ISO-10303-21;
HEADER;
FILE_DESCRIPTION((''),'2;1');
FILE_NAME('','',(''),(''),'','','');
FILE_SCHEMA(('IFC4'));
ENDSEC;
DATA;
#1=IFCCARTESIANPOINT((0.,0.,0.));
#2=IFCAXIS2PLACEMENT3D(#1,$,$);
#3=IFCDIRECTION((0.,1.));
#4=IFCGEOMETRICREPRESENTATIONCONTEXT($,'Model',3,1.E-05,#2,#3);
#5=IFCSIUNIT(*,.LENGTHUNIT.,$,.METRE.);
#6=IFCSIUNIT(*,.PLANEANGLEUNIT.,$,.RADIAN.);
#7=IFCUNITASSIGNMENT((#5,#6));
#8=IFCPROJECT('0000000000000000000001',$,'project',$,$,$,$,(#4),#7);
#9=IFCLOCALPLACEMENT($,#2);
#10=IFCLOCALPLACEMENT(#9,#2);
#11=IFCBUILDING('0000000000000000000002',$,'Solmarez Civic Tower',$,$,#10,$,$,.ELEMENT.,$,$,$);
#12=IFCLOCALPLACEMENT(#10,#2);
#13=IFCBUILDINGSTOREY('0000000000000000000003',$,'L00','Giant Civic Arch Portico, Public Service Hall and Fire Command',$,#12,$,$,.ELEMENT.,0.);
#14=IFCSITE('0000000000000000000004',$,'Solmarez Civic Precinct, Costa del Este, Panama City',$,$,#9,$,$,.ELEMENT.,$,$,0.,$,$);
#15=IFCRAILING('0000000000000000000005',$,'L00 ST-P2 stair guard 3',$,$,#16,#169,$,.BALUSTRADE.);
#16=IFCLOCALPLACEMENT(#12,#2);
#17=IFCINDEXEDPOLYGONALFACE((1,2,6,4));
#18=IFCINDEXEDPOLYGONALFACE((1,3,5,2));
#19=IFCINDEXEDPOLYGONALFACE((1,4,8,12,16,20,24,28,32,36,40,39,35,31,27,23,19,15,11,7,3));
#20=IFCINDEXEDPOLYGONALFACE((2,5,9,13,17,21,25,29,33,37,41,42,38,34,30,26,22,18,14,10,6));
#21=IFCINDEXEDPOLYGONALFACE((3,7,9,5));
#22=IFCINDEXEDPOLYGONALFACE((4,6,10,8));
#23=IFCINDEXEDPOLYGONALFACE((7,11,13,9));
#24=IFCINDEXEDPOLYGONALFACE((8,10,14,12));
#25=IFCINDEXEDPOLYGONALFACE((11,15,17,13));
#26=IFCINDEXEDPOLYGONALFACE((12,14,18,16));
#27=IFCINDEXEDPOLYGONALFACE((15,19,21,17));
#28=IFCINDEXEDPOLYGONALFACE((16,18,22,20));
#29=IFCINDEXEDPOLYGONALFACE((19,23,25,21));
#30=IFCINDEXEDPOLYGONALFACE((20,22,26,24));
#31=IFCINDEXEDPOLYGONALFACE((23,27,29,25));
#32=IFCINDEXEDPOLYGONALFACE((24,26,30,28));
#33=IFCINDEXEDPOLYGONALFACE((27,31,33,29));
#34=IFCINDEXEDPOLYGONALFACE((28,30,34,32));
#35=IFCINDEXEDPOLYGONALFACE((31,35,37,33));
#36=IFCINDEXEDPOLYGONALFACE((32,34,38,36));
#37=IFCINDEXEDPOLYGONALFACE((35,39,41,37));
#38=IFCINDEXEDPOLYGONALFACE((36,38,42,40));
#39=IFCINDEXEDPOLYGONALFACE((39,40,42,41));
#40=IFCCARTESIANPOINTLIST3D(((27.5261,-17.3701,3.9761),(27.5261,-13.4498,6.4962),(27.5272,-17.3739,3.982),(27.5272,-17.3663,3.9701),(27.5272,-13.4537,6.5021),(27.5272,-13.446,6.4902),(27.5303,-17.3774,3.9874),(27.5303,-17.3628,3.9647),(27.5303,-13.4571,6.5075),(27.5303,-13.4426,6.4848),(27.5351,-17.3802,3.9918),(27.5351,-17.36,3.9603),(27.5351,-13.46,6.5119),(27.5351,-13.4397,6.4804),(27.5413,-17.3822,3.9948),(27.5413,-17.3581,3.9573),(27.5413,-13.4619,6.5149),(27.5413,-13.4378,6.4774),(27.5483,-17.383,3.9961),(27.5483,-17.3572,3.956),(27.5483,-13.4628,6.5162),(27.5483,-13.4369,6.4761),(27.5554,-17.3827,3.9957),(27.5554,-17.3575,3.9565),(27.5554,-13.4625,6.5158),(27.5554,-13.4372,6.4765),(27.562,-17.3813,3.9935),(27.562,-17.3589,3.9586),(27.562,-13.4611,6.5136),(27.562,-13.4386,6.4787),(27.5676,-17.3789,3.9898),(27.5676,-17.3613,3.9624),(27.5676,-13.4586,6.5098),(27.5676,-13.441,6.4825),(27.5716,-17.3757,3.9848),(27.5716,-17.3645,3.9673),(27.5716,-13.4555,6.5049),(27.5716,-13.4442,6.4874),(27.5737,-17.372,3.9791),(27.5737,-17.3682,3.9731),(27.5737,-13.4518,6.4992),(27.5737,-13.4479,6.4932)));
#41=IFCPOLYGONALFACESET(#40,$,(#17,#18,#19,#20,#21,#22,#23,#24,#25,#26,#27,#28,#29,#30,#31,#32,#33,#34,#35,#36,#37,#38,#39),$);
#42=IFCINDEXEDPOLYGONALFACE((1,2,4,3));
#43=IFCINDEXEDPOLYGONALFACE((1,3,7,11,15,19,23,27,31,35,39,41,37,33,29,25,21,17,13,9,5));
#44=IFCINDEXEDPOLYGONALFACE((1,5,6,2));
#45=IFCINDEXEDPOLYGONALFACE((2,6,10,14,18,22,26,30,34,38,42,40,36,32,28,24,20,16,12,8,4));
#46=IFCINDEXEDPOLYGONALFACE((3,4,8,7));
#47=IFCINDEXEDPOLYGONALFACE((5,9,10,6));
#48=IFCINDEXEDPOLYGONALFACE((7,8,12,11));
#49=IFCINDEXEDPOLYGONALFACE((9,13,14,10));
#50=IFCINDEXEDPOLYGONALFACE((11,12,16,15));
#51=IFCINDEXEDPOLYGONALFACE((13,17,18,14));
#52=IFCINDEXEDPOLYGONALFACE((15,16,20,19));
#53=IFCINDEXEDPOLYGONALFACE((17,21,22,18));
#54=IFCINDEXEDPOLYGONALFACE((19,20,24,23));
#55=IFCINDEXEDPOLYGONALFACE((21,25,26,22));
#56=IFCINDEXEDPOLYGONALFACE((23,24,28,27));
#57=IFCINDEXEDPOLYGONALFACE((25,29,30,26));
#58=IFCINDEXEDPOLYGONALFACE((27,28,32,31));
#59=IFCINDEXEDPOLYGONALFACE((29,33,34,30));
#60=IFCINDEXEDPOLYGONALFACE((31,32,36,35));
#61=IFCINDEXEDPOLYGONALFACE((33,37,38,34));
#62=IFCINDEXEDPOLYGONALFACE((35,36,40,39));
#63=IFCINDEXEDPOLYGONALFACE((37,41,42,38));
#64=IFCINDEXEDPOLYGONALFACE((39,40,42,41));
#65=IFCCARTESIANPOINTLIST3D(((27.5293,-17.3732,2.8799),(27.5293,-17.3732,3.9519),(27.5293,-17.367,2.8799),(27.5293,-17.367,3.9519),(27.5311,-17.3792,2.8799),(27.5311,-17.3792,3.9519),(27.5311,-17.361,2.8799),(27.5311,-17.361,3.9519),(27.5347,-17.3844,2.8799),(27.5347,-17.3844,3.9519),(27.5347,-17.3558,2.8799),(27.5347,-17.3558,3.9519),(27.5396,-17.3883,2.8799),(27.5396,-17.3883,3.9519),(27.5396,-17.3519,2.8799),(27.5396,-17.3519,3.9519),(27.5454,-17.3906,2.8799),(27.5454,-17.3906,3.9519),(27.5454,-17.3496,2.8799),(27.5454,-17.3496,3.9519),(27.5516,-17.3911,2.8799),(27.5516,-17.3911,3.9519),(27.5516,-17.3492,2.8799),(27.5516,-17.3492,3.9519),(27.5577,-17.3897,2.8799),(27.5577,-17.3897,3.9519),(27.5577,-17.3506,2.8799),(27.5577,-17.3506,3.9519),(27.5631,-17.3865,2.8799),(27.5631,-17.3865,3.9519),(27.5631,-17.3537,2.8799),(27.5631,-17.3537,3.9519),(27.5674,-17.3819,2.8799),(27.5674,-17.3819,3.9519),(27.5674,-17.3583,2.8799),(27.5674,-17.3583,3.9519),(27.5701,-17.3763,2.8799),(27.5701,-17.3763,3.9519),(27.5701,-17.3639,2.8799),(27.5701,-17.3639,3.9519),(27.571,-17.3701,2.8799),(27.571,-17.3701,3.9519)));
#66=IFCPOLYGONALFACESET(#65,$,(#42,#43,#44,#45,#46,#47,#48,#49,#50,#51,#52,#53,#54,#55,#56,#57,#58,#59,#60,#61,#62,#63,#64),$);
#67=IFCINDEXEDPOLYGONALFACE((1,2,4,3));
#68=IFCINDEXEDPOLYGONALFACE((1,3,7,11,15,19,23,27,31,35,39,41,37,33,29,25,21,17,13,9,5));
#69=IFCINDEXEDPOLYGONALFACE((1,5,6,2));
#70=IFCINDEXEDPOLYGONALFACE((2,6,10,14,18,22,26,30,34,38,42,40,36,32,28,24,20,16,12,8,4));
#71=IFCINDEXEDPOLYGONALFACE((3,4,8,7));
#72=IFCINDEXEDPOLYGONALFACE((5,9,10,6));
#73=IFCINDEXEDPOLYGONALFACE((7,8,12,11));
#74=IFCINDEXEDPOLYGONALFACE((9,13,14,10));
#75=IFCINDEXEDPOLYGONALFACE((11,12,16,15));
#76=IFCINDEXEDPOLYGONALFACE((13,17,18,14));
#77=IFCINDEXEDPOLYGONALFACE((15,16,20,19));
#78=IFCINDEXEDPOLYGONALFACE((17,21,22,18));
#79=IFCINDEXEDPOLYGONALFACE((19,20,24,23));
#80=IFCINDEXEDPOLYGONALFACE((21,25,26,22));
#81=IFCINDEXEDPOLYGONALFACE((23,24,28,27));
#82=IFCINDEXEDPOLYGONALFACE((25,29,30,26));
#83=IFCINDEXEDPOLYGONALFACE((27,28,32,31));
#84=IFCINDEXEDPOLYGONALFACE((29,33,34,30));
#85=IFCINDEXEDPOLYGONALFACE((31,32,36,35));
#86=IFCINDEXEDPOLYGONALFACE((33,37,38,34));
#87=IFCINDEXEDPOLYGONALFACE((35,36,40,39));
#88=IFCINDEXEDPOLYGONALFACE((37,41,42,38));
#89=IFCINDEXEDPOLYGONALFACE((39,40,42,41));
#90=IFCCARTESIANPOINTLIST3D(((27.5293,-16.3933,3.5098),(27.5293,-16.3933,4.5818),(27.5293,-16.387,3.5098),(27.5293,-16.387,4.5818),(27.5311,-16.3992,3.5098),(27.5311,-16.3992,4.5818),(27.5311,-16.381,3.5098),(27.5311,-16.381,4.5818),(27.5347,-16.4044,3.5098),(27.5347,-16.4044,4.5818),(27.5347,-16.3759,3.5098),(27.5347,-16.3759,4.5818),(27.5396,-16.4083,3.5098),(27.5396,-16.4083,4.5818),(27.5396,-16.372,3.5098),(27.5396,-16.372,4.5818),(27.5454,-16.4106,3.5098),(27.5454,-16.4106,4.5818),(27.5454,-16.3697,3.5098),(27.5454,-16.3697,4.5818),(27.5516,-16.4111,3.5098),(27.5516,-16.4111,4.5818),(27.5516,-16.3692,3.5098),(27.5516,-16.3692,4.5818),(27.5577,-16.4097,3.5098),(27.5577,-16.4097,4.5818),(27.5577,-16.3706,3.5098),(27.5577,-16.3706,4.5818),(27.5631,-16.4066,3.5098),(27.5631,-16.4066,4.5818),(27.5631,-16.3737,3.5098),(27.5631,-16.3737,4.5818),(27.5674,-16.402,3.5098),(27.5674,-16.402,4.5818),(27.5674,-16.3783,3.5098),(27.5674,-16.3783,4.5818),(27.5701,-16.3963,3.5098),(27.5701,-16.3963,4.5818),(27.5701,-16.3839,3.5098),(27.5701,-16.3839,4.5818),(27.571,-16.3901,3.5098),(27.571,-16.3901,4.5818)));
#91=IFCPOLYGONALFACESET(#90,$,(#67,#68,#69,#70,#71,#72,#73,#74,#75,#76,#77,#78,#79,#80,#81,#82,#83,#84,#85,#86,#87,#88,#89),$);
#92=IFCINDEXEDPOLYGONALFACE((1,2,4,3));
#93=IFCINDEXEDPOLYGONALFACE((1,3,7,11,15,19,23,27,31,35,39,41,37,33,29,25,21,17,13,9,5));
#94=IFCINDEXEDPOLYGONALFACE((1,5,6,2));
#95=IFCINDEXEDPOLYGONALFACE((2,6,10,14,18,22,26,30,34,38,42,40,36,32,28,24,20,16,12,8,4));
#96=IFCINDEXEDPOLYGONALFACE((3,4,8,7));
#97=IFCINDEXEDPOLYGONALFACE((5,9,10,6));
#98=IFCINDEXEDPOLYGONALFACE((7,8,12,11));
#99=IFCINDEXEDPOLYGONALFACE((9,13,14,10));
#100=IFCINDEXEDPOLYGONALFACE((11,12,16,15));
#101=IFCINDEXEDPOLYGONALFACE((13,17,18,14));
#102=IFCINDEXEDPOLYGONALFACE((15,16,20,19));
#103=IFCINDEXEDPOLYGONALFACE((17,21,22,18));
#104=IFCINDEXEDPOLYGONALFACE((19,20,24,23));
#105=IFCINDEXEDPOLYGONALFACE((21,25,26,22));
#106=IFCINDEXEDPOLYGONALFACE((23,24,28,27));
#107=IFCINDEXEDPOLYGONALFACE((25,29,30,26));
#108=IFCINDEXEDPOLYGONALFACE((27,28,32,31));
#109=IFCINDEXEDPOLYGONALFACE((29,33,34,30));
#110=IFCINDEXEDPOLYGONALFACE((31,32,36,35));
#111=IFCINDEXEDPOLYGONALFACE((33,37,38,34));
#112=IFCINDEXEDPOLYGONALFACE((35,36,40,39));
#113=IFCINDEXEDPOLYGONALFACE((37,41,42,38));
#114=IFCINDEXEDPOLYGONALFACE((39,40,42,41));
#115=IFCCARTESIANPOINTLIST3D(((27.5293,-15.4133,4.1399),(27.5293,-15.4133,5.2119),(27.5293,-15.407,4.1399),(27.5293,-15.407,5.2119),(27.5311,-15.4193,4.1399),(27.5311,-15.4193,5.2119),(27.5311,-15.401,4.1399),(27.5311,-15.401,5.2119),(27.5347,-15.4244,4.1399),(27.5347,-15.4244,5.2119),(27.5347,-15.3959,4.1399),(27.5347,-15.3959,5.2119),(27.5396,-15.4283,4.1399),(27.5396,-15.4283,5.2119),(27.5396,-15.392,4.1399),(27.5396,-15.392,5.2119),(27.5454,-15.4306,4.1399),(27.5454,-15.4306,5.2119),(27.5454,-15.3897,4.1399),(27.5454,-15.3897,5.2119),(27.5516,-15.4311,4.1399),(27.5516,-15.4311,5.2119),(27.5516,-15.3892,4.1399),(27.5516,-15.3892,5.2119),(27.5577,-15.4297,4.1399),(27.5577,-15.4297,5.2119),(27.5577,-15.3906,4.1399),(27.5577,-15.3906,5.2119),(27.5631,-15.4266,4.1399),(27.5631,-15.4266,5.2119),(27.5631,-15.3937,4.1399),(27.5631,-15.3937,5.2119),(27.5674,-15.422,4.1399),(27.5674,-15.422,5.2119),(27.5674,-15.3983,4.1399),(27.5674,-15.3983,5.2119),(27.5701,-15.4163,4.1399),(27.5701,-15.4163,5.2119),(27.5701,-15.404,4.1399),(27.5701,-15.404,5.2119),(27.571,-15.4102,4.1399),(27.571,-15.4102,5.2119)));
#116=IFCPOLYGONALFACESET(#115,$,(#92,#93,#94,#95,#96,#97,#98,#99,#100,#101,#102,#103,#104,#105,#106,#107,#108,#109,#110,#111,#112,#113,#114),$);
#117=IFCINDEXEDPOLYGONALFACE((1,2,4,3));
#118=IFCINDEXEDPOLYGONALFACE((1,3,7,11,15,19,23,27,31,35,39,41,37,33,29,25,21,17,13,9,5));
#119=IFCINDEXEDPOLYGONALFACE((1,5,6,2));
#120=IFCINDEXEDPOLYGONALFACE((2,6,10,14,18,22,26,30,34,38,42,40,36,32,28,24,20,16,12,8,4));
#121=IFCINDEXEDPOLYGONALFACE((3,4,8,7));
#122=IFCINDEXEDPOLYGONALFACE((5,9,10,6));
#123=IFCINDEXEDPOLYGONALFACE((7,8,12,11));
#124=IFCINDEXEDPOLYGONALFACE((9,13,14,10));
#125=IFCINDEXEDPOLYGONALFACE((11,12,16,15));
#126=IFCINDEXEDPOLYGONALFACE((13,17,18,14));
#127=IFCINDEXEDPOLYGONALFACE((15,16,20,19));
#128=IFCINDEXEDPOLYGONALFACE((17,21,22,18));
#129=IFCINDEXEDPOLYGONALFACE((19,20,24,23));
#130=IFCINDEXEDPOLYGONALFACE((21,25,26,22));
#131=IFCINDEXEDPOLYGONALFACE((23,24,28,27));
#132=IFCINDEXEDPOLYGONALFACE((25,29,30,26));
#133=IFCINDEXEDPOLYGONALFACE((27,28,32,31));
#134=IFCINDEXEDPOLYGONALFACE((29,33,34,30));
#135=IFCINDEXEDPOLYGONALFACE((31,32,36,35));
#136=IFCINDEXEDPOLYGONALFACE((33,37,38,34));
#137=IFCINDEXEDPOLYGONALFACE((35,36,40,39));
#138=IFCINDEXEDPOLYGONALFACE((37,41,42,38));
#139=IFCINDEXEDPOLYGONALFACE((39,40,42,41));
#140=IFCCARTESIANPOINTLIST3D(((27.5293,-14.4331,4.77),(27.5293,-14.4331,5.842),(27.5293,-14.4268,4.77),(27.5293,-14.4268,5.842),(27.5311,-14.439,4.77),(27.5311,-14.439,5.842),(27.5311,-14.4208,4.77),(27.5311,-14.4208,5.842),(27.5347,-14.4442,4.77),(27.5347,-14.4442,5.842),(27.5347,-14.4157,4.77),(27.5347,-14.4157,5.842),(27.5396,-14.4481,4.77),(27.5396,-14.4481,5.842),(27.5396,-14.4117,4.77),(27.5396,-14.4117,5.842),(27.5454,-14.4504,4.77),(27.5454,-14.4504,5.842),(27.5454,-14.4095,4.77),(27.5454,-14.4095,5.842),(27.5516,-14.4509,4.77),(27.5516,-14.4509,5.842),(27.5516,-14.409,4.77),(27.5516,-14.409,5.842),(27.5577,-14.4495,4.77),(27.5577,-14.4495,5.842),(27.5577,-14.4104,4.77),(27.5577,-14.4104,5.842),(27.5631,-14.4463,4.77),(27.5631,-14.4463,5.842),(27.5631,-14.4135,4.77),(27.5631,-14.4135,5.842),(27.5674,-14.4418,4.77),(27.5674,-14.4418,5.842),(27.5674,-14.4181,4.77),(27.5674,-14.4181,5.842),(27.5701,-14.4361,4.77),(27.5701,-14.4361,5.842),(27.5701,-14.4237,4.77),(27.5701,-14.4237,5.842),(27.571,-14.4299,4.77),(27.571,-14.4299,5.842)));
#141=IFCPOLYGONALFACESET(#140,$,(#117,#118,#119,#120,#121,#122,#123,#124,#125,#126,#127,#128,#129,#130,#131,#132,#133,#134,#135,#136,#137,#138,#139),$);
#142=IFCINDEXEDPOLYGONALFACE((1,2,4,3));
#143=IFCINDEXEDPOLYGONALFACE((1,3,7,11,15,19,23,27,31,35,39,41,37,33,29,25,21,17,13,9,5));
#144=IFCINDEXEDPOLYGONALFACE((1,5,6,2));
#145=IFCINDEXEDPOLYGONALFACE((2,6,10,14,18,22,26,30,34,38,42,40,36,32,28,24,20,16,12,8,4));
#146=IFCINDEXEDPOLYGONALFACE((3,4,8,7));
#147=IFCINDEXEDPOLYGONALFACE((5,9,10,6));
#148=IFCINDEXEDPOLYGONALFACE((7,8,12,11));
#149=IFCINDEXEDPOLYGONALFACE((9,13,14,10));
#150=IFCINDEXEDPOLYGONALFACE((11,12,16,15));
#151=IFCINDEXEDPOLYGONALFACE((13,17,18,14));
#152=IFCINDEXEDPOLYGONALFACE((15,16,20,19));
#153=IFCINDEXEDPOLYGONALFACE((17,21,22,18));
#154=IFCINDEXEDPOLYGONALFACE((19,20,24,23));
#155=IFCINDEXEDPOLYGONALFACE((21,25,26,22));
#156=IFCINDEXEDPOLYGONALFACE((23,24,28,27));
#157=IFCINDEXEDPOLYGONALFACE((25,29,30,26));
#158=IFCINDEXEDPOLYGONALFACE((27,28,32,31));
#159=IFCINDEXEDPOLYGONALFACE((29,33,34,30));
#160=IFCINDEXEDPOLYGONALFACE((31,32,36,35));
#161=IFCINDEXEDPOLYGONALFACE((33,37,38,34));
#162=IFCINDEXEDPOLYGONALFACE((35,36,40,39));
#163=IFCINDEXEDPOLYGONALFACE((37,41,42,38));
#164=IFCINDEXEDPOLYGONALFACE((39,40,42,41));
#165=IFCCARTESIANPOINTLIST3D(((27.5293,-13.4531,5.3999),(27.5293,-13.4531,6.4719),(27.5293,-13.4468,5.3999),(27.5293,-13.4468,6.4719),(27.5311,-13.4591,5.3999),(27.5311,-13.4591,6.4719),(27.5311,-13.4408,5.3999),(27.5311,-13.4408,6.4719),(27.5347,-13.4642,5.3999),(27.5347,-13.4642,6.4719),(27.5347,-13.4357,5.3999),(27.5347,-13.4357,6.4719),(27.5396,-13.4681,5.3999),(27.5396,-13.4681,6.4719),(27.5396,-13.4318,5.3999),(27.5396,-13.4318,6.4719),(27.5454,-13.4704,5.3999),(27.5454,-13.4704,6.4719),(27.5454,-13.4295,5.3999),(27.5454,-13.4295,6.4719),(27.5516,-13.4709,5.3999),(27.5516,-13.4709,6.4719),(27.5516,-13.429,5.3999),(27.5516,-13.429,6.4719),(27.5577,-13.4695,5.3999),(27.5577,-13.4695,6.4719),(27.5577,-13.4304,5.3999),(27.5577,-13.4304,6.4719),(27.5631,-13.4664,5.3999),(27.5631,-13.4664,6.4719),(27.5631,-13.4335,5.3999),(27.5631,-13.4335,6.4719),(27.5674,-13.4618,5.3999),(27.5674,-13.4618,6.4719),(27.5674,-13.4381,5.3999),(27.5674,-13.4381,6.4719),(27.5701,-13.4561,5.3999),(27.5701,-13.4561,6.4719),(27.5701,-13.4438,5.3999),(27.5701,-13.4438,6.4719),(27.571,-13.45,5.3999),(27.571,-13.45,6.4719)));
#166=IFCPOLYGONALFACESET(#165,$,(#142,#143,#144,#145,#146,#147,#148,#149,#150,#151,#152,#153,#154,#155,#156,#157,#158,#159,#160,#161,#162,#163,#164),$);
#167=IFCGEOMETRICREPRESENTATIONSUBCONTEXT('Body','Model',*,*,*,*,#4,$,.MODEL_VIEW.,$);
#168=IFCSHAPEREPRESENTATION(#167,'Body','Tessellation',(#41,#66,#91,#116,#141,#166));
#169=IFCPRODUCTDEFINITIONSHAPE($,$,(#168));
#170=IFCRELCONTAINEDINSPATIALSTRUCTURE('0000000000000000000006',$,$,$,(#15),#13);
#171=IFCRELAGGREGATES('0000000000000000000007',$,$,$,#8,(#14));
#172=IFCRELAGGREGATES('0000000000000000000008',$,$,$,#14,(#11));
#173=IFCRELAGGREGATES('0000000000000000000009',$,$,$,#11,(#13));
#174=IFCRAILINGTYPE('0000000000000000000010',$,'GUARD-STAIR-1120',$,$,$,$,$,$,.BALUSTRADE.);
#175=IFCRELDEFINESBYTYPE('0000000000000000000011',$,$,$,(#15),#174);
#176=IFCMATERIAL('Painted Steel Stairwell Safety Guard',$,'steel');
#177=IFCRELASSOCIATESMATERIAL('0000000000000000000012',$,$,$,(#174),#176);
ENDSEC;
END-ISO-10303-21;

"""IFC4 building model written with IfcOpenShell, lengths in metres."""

from ifc_helpers import new_model, si_unit, direction, frame, origin, origin_2d, place, context, subcontext, project, spatial, circle, extrude, material, type_object, element, save


model = new_model("IFC4")

# Units and contexts
model_context = context("Model", 3, precision=1e-05, world=origin(), true_north=direction((0.0, 1.0)))
body_context = subcontext(model_context, "Body", "Model", "MODEL_VIEW")
ifc_project = project(units=[si_unit("LENGTHUNIT", "METRE"), si_unit("PLANEANGLEUNIT", "RADIAN")], contexts=[model_context])

# Site, building, storey
site_placement = place(None, origin())
site = spatial("IfcSite", under=ifc_project, at=site_placement, Name="Solmarez Civic Precinct, Costa del Este, Panama City", CompositionType="ELEMENT", RefElevation=0.0)
building_placement = place(site_placement, origin())
building = spatial("IfcBuilding", under=site, at=building_placement, Name="Solmarez Civic Tower", CompositionType="ELEMENT")
storey_placement = place(building_placement, origin())
storey = spatial("IfcBuildingStorey", under=building, at=storey_placement, Name="L00", Description="Giant Civic Arch Portico, Public Service Hall and Fire Command", CompositionType="ELEMENT", Elevation=0.0)

# Railing
ifc_material_1 = material(Name="Painted Steel Stairwell Safety Guard", Category="steel")
railing_type_1 = type_object("IfcRailingType", Name="GUARD-STAIR-1120", PredefinedType="BALUSTRADE", material=ifc_material_1)
railing_1_placement = place(storey_placement, frame((27.55, -17.3701, 2.8799)))
element("IfcRailing", 1, at=railing_1_placement, inside=storey, type_object=railing_type_1, Name="L00 ST-P2 stair guard 3", PredefinedType="BALUSTRADE", context=body_context, shape_type="SweptSolid", body=[
    extrude(circle(Radius=0.0239, at=origin_2d()), frame((0.0, 0.0, 1.0962), z_axis=(0.0, 0.841187, 0.540744), x_axis=(-1.0, 0.0, 0.0)), (0.0, 0.0, 1.0), 4.6604),
    extrude(circle(Radius=0.021, at=origin_2d()), origin(), (0.0, 0.0, 1.0), 1.072),
    extrude(circle(Radius=0.021, at=origin_2d()), frame((0.0, 0.98, 0.6299)), (0.0, 0.0, 1.0), 1.072),
    extrude(circle(Radius=0.021, at=origin_2d()), frame((0.0, 1.96, 1.26)), (0.0, 0.0, 1.0), 1.072),
    extrude(circle(Radius=0.021, at=origin_2d()), frame((0.0, 2.9402, 1.8901)), (0.0, 0.0, 1.0), 1.072),
    extrude(circle(Radius=0.021, at=origin_2d()), frame((0.0, 3.9202, 2.52)), (0.0, 0.0, 1.0), 1.072),
])

save(model, "model.ifc")
